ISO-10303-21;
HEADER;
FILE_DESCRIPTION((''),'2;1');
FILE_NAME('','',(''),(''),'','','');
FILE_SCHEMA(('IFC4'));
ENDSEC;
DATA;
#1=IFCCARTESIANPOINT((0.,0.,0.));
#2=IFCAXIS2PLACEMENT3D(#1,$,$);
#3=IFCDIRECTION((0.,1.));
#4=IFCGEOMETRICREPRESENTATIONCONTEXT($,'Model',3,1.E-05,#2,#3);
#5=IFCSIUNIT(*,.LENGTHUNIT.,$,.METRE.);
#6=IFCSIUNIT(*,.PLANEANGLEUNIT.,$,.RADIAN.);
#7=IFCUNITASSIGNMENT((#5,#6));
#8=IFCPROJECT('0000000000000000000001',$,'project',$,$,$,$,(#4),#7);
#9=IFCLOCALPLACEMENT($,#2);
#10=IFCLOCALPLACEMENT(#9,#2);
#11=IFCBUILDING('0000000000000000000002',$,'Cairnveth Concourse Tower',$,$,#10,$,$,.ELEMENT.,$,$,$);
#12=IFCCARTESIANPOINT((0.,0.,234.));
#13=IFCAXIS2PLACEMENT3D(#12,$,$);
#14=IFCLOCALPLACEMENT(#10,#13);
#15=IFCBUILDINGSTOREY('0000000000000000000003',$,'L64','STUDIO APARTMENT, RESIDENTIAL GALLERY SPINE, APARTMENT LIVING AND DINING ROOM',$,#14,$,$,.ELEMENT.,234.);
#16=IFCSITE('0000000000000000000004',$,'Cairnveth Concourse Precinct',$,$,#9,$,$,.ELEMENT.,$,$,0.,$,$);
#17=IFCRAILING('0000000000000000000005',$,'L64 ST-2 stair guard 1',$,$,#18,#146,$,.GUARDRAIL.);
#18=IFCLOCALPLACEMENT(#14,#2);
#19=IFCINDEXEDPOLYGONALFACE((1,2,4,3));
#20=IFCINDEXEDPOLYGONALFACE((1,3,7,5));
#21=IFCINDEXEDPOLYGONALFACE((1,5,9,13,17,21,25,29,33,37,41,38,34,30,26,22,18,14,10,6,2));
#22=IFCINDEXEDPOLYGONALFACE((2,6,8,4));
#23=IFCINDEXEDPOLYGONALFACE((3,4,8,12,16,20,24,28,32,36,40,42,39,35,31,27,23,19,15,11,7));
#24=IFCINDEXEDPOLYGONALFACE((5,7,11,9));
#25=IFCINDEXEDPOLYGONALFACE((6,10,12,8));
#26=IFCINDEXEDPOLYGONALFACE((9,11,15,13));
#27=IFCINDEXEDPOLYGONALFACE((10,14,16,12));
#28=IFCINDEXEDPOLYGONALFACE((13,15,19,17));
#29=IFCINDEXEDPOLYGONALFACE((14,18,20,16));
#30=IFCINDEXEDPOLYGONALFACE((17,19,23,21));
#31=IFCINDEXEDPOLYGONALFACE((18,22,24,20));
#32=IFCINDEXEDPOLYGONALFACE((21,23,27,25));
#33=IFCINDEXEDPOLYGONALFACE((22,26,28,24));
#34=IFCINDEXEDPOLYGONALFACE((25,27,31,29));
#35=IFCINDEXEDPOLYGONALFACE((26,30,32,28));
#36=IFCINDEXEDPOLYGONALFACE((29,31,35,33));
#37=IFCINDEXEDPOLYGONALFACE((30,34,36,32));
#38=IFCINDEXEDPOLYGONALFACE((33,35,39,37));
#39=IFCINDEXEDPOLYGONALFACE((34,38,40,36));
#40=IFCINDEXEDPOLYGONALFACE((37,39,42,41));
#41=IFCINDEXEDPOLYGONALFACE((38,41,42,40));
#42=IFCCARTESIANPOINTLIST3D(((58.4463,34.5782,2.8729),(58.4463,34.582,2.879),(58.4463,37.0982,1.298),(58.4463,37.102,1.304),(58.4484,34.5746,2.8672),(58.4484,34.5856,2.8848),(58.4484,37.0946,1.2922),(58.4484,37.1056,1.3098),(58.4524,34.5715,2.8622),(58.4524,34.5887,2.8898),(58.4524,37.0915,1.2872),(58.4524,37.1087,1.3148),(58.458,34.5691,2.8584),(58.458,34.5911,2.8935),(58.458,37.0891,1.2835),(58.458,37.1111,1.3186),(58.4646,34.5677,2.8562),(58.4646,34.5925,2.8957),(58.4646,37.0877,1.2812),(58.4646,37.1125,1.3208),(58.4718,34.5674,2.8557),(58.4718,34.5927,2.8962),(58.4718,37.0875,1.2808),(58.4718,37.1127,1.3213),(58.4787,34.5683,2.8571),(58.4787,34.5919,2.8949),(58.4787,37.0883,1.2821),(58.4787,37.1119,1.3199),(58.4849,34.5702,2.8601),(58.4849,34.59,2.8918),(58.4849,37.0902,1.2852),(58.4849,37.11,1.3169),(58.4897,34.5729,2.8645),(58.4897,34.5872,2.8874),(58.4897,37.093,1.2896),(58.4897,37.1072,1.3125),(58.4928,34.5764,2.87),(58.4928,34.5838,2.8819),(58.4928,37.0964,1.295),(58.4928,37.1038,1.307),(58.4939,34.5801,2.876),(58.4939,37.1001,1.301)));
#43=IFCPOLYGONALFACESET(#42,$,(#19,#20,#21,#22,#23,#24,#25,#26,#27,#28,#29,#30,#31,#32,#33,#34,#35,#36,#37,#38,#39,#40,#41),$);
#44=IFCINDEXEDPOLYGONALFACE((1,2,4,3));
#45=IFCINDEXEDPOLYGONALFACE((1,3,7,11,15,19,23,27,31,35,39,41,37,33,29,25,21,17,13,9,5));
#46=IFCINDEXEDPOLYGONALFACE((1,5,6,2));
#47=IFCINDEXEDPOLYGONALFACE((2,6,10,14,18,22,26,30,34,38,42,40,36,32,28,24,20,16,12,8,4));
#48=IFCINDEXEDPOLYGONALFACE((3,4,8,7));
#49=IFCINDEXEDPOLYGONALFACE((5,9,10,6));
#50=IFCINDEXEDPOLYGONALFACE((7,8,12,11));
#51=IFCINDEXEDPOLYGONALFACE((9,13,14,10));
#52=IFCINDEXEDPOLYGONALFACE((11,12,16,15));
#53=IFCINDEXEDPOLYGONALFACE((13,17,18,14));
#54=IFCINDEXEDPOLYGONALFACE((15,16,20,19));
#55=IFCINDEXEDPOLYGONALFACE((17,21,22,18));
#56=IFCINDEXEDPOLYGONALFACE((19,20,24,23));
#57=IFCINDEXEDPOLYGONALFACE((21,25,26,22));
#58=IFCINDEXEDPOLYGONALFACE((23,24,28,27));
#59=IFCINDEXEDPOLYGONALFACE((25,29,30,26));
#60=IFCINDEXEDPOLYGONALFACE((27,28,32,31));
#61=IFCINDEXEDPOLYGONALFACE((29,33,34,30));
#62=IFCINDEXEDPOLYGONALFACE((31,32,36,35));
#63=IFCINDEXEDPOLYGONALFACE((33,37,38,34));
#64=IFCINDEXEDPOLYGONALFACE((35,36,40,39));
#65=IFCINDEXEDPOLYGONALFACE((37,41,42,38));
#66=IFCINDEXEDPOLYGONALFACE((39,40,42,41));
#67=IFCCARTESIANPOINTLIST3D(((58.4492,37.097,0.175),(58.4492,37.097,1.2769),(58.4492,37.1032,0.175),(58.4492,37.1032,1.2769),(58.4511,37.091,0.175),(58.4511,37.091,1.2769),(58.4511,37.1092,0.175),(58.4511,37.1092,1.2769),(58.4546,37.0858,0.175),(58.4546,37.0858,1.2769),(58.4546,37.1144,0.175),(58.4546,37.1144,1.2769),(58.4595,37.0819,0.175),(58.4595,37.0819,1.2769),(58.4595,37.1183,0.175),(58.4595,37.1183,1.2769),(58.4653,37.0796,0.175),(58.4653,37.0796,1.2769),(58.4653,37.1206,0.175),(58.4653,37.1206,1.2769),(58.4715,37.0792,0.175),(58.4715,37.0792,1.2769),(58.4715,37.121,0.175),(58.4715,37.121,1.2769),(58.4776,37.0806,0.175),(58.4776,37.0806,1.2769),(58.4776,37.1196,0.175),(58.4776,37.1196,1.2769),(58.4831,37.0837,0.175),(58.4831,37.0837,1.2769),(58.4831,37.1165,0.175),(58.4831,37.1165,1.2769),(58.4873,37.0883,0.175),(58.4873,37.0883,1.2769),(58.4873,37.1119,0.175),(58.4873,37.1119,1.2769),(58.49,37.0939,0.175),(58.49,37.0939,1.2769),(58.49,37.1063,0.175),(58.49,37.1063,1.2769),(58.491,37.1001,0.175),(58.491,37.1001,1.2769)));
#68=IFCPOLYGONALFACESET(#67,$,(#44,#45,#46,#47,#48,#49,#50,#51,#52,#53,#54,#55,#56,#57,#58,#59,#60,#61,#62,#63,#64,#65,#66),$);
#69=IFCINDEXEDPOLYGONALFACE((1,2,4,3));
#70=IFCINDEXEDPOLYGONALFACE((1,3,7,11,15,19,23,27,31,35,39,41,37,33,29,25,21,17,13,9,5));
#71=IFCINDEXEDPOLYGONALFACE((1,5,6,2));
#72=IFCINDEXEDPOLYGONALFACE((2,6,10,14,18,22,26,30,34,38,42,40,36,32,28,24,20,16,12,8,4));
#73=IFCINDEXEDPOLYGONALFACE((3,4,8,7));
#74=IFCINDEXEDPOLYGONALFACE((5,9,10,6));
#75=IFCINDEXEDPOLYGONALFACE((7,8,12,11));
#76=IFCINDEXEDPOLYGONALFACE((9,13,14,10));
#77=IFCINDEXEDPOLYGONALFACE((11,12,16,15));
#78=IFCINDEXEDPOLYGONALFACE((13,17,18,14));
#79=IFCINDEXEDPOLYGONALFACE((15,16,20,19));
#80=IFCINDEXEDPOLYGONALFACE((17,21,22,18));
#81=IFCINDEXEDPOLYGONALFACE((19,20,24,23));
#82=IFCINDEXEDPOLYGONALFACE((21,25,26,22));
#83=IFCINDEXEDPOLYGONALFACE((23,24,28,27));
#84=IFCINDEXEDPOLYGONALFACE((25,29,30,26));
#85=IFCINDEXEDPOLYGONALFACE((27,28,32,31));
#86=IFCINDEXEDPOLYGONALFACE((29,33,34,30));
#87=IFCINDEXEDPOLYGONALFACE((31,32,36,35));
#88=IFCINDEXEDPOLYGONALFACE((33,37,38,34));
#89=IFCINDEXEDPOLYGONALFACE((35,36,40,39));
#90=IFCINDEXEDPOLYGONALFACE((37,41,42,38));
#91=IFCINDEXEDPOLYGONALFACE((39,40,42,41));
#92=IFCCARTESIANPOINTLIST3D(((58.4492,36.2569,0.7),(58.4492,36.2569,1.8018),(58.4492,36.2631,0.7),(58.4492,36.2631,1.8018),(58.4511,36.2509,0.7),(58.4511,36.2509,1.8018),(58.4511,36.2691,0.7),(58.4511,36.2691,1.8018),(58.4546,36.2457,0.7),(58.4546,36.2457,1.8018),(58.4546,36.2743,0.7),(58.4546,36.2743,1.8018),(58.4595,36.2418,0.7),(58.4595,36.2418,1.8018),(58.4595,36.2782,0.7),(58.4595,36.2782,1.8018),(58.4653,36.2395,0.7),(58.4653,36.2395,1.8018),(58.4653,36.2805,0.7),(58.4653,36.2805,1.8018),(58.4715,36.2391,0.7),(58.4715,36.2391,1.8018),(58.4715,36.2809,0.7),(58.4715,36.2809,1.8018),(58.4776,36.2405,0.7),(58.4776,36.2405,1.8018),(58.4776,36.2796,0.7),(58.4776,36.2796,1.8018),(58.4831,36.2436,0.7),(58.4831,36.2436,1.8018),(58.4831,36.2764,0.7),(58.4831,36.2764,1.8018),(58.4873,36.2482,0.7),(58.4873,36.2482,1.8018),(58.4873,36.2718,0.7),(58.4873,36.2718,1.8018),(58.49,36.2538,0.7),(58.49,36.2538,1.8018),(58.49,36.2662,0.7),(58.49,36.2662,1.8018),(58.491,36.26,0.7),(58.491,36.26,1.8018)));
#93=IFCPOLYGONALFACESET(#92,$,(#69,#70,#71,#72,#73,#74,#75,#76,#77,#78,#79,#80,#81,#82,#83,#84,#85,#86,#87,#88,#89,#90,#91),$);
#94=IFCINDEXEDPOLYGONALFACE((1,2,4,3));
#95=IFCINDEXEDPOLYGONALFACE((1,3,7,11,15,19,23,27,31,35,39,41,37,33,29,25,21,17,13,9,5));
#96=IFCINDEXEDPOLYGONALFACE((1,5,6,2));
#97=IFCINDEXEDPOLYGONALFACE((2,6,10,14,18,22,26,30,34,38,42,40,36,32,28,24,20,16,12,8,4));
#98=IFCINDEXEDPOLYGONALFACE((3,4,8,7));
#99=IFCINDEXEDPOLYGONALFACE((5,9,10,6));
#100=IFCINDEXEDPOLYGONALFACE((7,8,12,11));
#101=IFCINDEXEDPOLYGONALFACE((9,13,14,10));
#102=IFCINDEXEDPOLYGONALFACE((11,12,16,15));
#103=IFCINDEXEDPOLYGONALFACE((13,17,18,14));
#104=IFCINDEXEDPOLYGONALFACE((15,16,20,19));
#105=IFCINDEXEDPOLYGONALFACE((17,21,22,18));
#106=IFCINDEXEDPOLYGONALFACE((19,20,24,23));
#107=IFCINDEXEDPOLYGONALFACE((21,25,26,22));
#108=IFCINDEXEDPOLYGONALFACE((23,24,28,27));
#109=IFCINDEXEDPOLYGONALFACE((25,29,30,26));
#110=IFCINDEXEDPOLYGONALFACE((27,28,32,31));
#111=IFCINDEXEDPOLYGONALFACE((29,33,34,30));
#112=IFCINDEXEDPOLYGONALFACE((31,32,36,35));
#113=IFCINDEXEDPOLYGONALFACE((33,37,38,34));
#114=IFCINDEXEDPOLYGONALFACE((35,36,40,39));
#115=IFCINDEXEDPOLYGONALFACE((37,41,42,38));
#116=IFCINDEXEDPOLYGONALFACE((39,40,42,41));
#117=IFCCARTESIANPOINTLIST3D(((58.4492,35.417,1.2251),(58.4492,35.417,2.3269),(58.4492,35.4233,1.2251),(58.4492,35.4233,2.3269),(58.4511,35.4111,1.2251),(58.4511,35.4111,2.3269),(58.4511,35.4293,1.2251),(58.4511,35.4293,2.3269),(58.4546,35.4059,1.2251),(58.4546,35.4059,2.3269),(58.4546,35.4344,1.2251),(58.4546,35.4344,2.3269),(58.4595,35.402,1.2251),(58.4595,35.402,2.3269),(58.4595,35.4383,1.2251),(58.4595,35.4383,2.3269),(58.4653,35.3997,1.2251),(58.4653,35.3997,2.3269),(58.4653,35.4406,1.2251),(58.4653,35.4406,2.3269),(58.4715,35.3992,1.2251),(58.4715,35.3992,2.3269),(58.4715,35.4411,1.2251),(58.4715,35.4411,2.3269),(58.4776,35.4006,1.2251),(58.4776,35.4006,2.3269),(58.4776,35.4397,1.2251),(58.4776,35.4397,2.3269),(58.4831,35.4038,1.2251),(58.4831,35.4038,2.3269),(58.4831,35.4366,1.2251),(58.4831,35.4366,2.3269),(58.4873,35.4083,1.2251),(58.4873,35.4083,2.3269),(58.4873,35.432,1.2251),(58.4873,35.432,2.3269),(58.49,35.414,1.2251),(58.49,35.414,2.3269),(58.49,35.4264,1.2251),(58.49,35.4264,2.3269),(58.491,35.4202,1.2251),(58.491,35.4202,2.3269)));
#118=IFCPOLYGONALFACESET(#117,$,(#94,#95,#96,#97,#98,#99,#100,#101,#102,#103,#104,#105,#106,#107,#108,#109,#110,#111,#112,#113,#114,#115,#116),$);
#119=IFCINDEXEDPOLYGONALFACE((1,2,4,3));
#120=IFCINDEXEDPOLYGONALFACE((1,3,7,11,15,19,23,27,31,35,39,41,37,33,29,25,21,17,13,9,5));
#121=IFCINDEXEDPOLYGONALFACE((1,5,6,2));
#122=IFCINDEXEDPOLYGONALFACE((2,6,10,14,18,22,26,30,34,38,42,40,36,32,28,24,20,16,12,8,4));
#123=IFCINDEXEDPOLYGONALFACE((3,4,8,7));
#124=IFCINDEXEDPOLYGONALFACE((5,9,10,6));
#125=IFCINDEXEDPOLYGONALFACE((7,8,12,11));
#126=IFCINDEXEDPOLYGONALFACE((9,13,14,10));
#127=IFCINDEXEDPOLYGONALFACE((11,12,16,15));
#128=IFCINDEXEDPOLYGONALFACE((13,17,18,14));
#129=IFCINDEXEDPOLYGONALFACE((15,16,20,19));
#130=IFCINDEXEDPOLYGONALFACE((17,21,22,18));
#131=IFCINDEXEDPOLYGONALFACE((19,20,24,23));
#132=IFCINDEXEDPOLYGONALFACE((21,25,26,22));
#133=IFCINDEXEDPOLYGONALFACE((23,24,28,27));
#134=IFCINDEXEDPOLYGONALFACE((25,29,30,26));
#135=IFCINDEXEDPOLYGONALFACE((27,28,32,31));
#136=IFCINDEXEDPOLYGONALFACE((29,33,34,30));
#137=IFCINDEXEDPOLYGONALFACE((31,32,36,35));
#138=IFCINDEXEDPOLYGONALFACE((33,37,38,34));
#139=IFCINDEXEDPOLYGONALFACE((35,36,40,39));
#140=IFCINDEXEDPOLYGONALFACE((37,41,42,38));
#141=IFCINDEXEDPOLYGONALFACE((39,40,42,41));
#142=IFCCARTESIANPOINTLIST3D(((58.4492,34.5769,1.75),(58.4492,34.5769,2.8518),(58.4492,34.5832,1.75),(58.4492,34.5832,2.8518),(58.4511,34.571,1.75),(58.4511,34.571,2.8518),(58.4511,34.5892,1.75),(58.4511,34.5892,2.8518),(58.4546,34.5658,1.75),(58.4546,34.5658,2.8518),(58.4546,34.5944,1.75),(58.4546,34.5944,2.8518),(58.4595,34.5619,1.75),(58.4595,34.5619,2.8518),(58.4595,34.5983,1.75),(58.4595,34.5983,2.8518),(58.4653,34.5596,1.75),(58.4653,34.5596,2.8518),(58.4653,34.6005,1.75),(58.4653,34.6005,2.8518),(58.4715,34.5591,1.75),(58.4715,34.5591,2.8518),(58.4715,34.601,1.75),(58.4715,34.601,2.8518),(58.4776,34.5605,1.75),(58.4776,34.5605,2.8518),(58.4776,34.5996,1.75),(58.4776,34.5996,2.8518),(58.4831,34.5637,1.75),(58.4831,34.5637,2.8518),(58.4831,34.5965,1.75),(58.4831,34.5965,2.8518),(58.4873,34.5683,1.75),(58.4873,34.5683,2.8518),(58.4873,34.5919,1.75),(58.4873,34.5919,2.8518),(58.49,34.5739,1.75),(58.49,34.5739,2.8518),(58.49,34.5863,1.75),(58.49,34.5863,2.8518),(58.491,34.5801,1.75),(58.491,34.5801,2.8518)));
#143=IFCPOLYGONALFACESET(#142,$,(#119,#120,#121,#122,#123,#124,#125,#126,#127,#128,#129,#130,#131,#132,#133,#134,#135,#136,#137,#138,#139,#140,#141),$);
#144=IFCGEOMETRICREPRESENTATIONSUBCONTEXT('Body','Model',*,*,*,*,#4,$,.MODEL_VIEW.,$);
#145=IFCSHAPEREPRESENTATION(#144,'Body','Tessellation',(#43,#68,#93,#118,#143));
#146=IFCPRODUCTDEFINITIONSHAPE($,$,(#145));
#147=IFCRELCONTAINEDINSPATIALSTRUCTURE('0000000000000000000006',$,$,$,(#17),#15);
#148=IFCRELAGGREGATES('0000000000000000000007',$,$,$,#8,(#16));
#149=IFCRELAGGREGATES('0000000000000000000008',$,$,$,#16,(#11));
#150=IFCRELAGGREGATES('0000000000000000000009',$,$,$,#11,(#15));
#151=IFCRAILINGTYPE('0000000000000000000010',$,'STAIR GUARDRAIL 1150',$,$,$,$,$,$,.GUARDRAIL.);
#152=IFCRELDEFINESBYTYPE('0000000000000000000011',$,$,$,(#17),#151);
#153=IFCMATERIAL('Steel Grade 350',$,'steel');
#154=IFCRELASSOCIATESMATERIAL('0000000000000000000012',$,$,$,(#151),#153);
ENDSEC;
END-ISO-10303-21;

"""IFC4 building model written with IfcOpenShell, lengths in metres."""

from ifc_helpers import new_model, si_unit, direction, frame, origin, origin_2d, place, context, subcontext, project, spatial, circle, extrude, material, type_object, element, save


model = new_model("IFC4")

# Units and contexts
model_context = context("Model", 3, precision=1e-05, world=origin(), true_north=direction((0.0, 1.0)))
body_context = subcontext(model_context, "Body", "Model", "MODEL_VIEW")
ifc_project = project(units=[si_unit("LENGTHUNIT", "METRE"), si_unit("PLANEANGLEUNIT", "RADIAN")], contexts=[model_context])

# Site, building, storey
site_placement = place(None, origin())
site = spatial("IfcSite", under=ifc_project, at=site_placement, Name="Cairnveth Concourse Precinct", CompositionType="ELEMENT", RefElevation=0.0)
building_placement = place(site_placement, origin())
building = spatial("IfcBuilding", under=site, at=building_placement, Name="Cairnveth Concourse Tower", CompositionType="ELEMENT")
storey_placement = place(building_placement, frame((0.0, 0.0, 234.0)))
storey = spatial("IfcBuildingStorey", under=building, at=storey_placement, Name="L64", Description="STUDIO APARTMENT, RESIDENTIAL GALLERY SPINE, APARTMENT LIVING AND DINING ROOM", CompositionType="ELEMENT", Elevation=234.0)

# Shared definitions
ifc_material_1 = material(Name="Steel Grade 350", Category="steel")

# Railing
railing_type_1 = type_object("IfcRailingType", Name="STAIR GUARDRAIL 1150", PredefinedType="GUARDRAIL", material=ifc_material_1)
railing_1_placement = place(storey_placement, frame((58.47, 37.1001, 0.175)))
element("IfcRailing", 1, at=railing_1_placement, inside=storey, type_object=railing_type_1, Name="L64 ST-2 stair guard 1", PredefinedType="GUARDRAIL", context=body_context, shape_type="SweptSolid", body=[
    extrude(circle(Radius=0.0239, at=origin_2d()), frame((0.0, 0.0, 1.126), z_axis=(0.0, -0.848008, 0.529984), x_axis=(1.0, 0.0, 0.0)), (0.0, 0.0, 1.0), 2.9717),
    extrude(circle(Radius=0.021, at=origin_2d()), origin(), (0.0, 0.0, 1.0), 1.1018),
    extrude(circle(Radius=0.021, at=origin_2d()), frame((0.0, -0.8401, 0.5249)), (0.0, 0.0, 1.0), 1.1018),
    extrude(circle(Radius=0.021, at=origin_2d()), frame((0.0, -1.6799, 1.05)), (0.0, 0.0, 1.0), 1.1018),
    extrude(circle(Radius=0.021, at=origin_2d()), frame((0.0, -2.52, 1.575)), (0.0, 0.0, 1.0), 1.1018),
])

save(model, "model.ifc")
